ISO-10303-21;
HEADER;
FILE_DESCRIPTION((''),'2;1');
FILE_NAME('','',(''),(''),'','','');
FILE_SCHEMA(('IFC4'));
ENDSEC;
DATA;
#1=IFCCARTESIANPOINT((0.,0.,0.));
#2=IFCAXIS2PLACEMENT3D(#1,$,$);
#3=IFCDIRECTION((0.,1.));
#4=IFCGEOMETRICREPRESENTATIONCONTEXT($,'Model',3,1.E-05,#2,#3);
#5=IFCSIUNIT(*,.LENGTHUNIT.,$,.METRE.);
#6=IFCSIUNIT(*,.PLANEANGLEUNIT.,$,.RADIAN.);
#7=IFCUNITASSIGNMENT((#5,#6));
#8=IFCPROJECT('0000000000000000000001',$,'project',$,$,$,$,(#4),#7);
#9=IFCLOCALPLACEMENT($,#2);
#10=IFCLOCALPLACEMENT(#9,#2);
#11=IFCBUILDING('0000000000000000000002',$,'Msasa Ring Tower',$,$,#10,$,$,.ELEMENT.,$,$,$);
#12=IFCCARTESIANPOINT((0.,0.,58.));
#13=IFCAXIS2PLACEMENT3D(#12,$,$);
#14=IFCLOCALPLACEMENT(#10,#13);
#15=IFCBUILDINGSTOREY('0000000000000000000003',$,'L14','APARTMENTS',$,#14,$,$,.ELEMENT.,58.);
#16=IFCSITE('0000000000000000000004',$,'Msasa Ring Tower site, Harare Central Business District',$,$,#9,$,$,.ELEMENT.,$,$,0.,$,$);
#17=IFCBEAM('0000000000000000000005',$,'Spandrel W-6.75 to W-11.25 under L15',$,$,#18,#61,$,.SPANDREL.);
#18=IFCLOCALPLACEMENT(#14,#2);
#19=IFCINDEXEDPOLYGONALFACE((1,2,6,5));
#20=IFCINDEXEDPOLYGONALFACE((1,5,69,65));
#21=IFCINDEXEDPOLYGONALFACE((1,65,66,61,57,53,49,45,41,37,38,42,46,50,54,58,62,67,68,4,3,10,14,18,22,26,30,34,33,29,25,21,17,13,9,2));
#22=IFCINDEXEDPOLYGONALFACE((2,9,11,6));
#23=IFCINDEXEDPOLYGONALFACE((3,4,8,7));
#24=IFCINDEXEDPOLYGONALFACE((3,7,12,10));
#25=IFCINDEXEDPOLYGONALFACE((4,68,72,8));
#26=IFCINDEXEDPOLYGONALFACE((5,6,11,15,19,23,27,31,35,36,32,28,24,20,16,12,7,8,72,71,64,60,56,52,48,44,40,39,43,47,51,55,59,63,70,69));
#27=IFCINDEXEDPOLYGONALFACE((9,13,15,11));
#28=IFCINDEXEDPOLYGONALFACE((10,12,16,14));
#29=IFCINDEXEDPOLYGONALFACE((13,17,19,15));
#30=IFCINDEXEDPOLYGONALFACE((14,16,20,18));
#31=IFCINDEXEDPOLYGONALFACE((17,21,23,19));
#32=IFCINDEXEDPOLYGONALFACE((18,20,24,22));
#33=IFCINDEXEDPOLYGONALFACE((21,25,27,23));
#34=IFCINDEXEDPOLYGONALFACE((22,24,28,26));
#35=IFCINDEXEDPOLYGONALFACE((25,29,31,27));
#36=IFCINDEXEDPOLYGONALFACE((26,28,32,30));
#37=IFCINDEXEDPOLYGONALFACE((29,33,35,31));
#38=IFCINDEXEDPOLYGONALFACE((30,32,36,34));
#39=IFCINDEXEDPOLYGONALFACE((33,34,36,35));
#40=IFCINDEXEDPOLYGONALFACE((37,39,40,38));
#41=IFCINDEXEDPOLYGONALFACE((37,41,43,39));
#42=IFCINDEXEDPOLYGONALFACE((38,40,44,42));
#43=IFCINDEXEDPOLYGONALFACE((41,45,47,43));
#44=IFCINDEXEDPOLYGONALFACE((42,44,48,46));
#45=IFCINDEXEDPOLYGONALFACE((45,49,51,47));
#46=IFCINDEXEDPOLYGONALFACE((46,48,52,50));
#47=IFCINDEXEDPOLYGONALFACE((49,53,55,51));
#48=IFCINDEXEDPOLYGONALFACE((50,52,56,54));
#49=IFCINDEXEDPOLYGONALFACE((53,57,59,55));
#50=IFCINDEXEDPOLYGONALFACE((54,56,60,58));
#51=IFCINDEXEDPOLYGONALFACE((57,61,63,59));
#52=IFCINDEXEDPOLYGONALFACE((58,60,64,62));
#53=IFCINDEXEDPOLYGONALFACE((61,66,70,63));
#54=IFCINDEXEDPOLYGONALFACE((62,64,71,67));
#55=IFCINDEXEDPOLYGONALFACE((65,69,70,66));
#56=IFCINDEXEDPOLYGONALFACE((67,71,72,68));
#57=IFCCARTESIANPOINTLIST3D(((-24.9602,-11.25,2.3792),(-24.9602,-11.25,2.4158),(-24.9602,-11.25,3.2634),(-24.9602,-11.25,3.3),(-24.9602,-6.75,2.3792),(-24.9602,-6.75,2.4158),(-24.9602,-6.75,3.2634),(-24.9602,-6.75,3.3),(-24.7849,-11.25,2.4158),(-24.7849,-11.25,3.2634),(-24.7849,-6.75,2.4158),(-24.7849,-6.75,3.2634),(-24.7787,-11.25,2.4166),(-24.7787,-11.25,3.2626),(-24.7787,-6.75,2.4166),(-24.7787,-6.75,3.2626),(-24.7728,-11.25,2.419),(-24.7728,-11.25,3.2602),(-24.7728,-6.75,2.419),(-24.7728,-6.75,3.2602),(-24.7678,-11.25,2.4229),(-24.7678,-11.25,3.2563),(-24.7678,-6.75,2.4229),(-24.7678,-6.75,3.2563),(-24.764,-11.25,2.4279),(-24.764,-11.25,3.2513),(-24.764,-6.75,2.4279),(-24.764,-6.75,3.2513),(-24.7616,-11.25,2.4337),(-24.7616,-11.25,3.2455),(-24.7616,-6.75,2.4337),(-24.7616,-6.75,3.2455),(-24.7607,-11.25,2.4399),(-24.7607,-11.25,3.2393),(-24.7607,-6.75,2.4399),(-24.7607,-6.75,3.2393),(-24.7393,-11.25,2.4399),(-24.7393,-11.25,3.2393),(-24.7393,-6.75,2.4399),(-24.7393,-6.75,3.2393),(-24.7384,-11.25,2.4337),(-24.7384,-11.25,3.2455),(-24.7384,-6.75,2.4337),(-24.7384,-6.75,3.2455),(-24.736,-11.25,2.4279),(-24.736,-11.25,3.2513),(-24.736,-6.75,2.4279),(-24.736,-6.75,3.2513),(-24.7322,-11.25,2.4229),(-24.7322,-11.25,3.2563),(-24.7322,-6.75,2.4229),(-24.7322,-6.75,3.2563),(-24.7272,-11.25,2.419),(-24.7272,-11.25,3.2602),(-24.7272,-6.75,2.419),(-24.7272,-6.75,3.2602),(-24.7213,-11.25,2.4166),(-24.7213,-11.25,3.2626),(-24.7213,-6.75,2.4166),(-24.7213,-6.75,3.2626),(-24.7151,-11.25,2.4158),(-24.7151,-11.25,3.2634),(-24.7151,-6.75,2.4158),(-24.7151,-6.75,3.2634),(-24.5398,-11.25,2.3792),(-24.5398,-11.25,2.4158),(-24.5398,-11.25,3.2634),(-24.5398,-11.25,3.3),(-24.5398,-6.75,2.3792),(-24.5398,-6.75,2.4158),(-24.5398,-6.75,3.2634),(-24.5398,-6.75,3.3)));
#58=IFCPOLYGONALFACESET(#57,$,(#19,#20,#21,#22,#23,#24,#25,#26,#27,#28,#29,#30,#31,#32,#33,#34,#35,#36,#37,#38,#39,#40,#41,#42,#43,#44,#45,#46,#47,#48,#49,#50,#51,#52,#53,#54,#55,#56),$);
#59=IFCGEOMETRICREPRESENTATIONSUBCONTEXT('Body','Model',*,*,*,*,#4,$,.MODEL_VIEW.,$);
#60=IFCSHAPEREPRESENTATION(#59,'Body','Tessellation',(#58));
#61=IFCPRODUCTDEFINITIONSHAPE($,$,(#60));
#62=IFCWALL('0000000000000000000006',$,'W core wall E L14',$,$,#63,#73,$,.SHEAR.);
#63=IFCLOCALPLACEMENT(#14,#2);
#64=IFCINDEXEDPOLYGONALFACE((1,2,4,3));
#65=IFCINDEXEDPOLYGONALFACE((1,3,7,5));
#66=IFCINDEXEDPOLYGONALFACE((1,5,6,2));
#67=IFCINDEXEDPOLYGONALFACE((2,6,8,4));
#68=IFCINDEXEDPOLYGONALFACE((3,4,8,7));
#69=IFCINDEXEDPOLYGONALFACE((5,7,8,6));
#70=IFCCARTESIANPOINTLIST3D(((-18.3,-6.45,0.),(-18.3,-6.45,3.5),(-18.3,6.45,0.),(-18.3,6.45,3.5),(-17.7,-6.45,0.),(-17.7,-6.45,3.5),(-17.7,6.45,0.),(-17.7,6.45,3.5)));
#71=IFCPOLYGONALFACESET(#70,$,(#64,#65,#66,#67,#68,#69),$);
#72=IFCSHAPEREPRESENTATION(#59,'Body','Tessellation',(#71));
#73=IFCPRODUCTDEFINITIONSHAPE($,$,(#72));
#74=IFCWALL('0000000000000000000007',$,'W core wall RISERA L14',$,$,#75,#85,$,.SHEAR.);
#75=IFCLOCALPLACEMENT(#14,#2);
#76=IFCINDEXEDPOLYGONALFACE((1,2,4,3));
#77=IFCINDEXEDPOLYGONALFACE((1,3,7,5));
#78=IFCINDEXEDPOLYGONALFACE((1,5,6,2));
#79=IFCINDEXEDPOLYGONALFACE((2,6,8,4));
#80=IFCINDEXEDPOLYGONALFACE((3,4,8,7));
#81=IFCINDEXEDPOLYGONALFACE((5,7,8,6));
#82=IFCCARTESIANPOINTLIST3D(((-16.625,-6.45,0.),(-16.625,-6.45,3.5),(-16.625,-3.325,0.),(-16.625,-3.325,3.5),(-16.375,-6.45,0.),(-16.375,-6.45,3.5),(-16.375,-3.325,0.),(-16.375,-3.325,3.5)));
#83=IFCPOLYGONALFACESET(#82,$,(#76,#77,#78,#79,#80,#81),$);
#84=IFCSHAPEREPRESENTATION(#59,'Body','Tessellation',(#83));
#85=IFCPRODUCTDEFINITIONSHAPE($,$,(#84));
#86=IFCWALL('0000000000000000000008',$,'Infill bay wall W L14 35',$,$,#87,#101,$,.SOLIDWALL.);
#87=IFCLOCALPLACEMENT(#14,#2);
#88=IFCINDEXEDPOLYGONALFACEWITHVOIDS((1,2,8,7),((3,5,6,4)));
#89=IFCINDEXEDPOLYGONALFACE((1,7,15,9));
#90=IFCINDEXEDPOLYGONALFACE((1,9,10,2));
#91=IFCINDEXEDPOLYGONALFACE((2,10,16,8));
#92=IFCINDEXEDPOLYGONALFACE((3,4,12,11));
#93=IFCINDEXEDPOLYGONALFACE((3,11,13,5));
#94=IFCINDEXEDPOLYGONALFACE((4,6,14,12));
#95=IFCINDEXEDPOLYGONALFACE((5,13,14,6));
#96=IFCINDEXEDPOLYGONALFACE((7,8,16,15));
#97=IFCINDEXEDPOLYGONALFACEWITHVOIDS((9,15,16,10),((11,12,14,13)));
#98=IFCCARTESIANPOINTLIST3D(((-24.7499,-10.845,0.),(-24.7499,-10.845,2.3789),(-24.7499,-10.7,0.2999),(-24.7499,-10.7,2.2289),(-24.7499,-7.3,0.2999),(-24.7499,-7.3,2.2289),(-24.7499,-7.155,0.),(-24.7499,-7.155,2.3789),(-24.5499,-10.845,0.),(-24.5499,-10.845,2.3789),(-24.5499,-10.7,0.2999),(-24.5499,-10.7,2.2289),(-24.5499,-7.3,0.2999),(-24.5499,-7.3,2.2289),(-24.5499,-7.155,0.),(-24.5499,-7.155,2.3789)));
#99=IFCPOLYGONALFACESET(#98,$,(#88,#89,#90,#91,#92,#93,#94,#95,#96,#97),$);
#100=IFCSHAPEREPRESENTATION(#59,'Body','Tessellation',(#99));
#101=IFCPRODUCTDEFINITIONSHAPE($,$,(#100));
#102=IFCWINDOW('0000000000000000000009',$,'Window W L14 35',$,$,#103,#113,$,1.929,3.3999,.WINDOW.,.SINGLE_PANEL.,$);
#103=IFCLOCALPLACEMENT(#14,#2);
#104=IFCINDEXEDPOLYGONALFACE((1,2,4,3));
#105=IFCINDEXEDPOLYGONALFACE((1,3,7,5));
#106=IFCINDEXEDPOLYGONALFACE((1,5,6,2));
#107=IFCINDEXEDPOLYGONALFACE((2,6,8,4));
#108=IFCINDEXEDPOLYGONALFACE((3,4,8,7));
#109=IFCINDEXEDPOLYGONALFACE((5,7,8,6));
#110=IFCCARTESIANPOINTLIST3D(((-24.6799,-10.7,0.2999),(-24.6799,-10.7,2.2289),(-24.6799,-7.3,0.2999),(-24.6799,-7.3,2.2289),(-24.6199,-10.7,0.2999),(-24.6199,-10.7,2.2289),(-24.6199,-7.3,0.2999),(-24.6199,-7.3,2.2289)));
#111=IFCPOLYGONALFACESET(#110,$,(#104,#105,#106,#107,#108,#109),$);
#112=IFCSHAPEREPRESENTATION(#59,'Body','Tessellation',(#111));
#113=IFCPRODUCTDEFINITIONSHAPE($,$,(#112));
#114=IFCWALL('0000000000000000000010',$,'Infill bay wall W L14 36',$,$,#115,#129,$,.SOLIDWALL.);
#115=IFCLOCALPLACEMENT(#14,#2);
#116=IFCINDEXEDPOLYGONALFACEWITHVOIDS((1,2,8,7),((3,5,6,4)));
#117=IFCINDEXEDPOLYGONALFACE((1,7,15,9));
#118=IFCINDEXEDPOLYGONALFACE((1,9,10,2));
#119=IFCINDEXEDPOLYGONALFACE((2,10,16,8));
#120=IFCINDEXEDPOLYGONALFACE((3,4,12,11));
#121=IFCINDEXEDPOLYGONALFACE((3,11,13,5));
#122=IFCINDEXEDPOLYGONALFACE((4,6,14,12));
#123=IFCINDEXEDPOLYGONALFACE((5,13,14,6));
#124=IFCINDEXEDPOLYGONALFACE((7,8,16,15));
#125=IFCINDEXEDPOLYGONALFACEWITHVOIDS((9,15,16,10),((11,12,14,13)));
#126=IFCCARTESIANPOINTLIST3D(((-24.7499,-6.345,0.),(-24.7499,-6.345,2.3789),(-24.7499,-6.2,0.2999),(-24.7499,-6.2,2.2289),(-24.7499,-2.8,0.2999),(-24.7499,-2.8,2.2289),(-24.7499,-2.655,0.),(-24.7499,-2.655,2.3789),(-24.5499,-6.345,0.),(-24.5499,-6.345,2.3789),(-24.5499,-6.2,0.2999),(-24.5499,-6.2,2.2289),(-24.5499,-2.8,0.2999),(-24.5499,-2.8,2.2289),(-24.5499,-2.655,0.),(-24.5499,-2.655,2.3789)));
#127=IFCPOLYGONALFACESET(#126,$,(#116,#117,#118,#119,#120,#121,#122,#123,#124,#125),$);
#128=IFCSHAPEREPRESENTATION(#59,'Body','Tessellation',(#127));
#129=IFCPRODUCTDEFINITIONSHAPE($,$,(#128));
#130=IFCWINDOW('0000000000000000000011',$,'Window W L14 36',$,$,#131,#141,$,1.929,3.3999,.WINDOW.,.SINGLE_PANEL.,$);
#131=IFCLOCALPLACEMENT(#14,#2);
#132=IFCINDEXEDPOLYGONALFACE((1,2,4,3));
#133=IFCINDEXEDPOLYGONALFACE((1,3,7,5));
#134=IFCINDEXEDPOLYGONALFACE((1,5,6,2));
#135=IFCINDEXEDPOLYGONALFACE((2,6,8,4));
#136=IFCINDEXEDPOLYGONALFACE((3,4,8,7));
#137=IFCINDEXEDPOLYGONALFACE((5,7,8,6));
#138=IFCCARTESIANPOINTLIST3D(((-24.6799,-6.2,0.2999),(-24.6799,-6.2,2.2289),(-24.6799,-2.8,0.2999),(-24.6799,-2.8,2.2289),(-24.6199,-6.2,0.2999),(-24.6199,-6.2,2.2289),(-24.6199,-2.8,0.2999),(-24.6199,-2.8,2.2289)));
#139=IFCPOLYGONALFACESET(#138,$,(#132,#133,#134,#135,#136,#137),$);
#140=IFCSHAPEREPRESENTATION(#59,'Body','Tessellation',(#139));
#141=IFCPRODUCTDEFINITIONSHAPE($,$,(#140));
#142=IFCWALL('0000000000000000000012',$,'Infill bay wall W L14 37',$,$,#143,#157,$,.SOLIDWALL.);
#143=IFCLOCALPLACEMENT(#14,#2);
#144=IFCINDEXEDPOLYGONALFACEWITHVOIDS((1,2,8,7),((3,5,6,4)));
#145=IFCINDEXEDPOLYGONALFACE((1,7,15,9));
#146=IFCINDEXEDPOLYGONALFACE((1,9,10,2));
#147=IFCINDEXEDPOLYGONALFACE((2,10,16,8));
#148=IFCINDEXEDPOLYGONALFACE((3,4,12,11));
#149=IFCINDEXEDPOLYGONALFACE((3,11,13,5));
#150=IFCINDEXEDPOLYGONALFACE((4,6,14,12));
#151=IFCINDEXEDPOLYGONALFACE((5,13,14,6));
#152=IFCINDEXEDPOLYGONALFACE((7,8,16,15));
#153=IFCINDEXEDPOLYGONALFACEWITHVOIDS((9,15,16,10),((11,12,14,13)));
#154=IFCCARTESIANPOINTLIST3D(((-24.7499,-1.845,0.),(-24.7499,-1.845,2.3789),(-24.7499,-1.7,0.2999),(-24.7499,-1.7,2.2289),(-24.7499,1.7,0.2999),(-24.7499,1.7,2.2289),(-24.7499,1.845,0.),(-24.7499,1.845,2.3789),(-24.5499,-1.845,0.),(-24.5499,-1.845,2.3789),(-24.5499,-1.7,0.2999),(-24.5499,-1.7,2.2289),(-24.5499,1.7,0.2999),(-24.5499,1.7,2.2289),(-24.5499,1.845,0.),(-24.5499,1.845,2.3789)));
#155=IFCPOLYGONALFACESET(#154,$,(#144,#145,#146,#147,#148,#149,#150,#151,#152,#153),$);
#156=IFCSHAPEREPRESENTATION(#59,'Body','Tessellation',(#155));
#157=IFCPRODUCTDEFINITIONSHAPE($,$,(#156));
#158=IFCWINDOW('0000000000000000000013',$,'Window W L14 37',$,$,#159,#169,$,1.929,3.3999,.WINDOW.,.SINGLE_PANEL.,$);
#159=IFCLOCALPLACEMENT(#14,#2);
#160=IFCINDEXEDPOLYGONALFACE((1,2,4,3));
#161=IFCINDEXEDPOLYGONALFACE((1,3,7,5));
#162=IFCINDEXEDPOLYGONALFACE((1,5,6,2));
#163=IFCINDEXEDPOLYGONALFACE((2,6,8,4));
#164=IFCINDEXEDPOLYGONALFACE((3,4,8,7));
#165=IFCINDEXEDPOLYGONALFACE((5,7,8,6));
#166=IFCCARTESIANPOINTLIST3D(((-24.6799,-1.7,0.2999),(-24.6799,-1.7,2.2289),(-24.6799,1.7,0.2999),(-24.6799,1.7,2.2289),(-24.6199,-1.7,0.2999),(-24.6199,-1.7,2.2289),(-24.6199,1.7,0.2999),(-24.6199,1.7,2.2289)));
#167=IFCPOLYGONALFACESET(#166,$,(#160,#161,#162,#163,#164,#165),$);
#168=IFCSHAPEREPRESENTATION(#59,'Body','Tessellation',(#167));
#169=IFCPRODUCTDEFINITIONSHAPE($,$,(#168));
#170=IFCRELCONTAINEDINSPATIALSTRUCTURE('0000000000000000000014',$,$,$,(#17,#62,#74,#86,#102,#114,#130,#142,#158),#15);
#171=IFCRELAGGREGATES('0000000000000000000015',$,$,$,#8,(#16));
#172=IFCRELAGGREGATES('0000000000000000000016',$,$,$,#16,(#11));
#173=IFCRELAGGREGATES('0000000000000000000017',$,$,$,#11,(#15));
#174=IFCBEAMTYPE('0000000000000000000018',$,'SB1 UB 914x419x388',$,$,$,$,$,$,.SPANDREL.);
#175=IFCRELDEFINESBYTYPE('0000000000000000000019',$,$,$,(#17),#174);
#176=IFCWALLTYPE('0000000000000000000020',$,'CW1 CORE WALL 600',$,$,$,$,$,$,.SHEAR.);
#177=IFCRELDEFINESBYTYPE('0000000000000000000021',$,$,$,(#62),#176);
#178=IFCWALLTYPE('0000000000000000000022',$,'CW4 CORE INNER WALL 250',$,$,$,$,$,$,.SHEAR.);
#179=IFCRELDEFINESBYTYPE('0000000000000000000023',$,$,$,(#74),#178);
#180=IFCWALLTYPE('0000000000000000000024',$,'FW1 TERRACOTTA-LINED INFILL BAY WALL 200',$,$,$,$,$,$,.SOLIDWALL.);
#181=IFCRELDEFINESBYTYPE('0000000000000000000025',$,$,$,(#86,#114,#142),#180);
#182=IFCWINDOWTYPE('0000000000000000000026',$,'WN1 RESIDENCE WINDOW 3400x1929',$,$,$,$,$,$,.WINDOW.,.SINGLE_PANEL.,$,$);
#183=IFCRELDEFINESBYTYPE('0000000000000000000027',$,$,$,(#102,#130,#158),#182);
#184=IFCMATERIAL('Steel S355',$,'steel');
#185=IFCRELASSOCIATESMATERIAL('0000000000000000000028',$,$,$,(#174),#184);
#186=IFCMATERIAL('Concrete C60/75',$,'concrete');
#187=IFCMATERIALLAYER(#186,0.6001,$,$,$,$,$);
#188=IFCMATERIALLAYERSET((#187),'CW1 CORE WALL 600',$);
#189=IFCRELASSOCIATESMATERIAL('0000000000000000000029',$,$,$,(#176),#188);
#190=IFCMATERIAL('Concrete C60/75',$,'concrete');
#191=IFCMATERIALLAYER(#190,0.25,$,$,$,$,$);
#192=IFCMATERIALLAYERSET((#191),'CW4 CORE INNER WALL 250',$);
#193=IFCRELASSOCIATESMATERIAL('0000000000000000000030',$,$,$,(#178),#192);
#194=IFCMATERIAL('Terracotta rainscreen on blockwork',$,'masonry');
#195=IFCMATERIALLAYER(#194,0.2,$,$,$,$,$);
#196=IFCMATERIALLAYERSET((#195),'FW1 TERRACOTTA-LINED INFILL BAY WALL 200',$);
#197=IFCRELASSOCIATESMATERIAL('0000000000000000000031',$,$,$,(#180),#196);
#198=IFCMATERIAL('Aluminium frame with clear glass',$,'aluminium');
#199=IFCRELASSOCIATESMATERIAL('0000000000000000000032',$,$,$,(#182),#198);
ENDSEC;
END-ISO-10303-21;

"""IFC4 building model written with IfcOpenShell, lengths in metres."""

from ifc_helpers import new_model, si_unit, direction, frame, frame_2d, origin, origin_2d, place, context, subcontext, project, spatial, rectangle, i_section, extrude, material, layer, layer_set, material_profile, profile_set, type_object, element, fill, save


model = new_model("IFC4")

# Units and contexts
model_context = context("Model", 3, precision=1e-05, world=origin(), true_north=direction((0.0, 1.0)))
body_context = subcontext(model_context, "Body", "Model", "MODEL_VIEW")
ifc_project = project(units=[si_unit("LENGTHUNIT", "METRE"), si_unit("PLANEANGLEUNIT", "RADIAN")], contexts=[model_context])

# Site, building, storey
site_placement = place(None, origin())
site = spatial("IfcSite", under=ifc_project, at=site_placement, Name="Msasa Ring Tower site, Harare Central Business District", CompositionType="ELEMENT", RefElevation=0.0)
building_placement = place(site_placement, origin())
building = spatial("IfcBuilding", under=site, at=building_placement, Name="Msasa Ring Tower", CompositionType="ELEMENT")
storey_placement = place(building_placement, frame((0.0, 0.0, 58.0)))
storey = spatial("IfcBuildingStorey", under=building, at=storey_placement, Name="L14", Description="APARTMENTS", CompositionType="ELEMENT", Elevation=58.0)

# Beam
ifc_material_1 = material(Name="Steel S355", Category="steel")
ifc_material_profile_1 = material_profile(ifc_material_1, i_section(OverallWidth=0.4204, OverallDepth=0.9209, WebThickness=0.0215, FlangeThickness=0.0366, FilletRadius=0.0242, at=origin_2d()), Name="UB 914x419x388")
ifc_profile_set_1 = profile_set([ifc_material_profile_1], Name="Steel S355")
beam_type_1 = type_object("IfcBeamType", Name="SB1 UB 914x419x388", PredefinedType="SPANDREL", material=ifc_profile_set_1)
for number, where, z_axis, x_axis, name in (
    (1, (-24.75, -6.75, 2.8396), (0.0, -1.0, 0.0), (1.0, 0.0, 0.0), "Spandrel W-6.75 to W-11.25 under L15"),
):
    element("IfcBeam", number, at=place(storey_placement, frame(where, z_axis=z_axis, x_axis=x_axis)), inside=storey, type_object=beam_type_1, Name=name, PredefinedType="SPANDREL", context=body_context, shape_type="SweptSolid", body=[
        extrude(i_section(OverallWidth=0.4204, OverallDepth=0.9209, WebThickness=0.0215, FlangeThickness=0.0366, FilletRadius=0.0242, at=origin_2d()), origin(), (0.0, 0.0, 1.0), 4.5),
    ])

# Walls
ifc_material_2 = material(Name="Concrete C60/75", Category="concrete")
ifc_layer_1 = layer(ifc_material_2, 0.6001)
ifc_layer_set_1 = layer_set([ifc_layer_1], Name="CW1 CORE WALL 600")
wall_type_1 = type_object("IfcWallType", Name="CW1 CORE WALL 600", PredefinedType="SHEAR", material=ifc_layer_set_1)
wall_1_placement = place(storey_placement, frame((-18.0, -6.45, 0.0), z_axis=(0.0, 0.0, 1.0), x_axis=(0.0, 1.0, 0.0)))
element("IfcWall", 2, at=wall_1_placement, inside=storey, type_object=wall_type_1, Name="W core wall E L14", PredefinedType="SHEAR", context=body_context, shape_type="SweptSolid", body=[
    extrude(rectangle(XDim=12.8999, YDim=0.6001, at=frame_2d((6.45, 0.0))), origin(), (0.0, 0.0, 1.0), 3.5),
])
ifc_material_3 = material(Name="Concrete C60/75", Category="concrete")
ifc_layer_2 = layer(ifc_material_3, 0.25)
ifc_layer_set_2 = layer_set([ifc_layer_2], Name="CW4 CORE INNER WALL 250")
wall_type_2 = type_object("IfcWallType", Name="CW4 CORE INNER WALL 250", PredefinedType="SHEAR", material=ifc_layer_set_2)
wall_2_placement = place(storey_placement, frame((-16.5, -6.45, 0.0), z_axis=(0.0, 0.0, 1.0), x_axis=(0.0, 1.0, 0.0)))
element("IfcWall", 3, at=wall_2_placement, inside=storey, type_object=wall_type_2, Name="W core wall RISERA L14", PredefinedType="SHEAR", context=body_context, shape_type="SweptSolid", body=[
    extrude(rectangle(XDim=3.125, YDim=0.25, at=frame_2d((1.5625, 0.0))), origin(), (0.0, 0.0, 1.0), 3.5),
])

# Walls, openings, windows
ifc_material_4 = material(Name="Terracotta rainscreen on blockwork", Category="masonry")
ifc_layer_3 = layer(ifc_material_4, 0.2)
ifc_layer_set_3 = layer_set([ifc_layer_3], Name="FW1 TERRACOTTA-LINED INFILL BAY WALL 200")
wall_type_3 = type_object("IfcWallType", Name="FW1 TERRACOTTA-LINED INFILL BAY WALL 200", PredefinedType="SOLIDWALL", material=ifc_layer_set_3)
wall_3_placement = place(storey_placement, frame((-24.6499, -10.845, 0.0), z_axis=(0.0, 0.0, 1.0), x_axis=(0.0, 1.0, 0.0)))
wall_3 = element("IfcWall", 4, at=wall_3_placement, inside=storey, type_object=wall_type_3, Name="Infill bay wall W L14 35", PredefinedType="SOLIDWALL", context=body_context, shape_type="SweptSolid", body=[
    extrude(rectangle(XDim=3.6899, YDim=0.2, at=frame_2d((1.845, 0.0))), origin(), (0.0, 0.0, 1.0), 2.3789),
])
opening_1_placement = place(wall_3_placement, frame((0.145, 0.0, 0.3)))
opening_1 = element("IfcOpeningElement", 5, at=opening_1_placement, cuts=wall_3, PredefinedType="OPENING", context=body_context, shape_type="SweptSolid", body=[
    extrude(rectangle(XDim=3.3999, YDim=1.929, at=frame_2d((1.7, 0.9644))), frame((0.0, 0.1099, 0.0), z_axis=(0.0, -1.0, 0.0), x_axis=(1.0, 0.0, 0.0)), (0.0, 0.0, 1.0), 0.22),
])
ifc_material_5 = material(Name="Aluminium frame with clear glass", Category="aluminium")
window_type = type_object("IfcWindowType", Name="WN1 RESIDENCE WINDOW 3400x1929", PartitioningType="SINGLE_PANEL", PredefinedType="WINDOW", material=ifc_material_5)
window_1_placement = place(opening_1_placement, origin())
window_1 = element("IfcWindow", 6, at=window_1_placement, inside=storey, type_object=window_type, Name="Window W L14 35", OverallHeight=1.929, OverallWidth=3.3999, PartitioningType="SINGLE_PANEL", PredefinedType="WINDOW", context=body_context, shape_type="SweptSolid", body=[
    extrude(rectangle(XDim=3.3999, YDim=1.929, at=frame_2d((1.7, 0.9644))), frame((0.0, 0.03, 0.0), z_axis=(0.0, -1.0, 0.0), x_axis=(1.0, 0.0, 0.0)), (0.0, 0.0, 1.0), 0.0601),
])
fill(opening_1, window_1)
wall_4_placement = place(storey_placement, frame((-24.6499, -6.345, 0.0), z_axis=(0.0, 0.0, 1.0), x_axis=(0.0, 1.0, 0.0)))
wall_4 = element("IfcWall", 7, at=wall_4_placement, inside=storey, type_object=wall_type_3, Name="Infill bay wall W L14 36", PredefinedType="SOLIDWALL", context=body_context, shape_type="SweptSolid", body=[
    extrude(rectangle(XDim=3.6899, YDim=0.2, at=frame_2d((1.845, 0.0))), origin(), (0.0, 0.0, 1.0), 2.3789),
])
opening_2_placement = place(wall_4_placement, frame((0.145, 0.0, 0.3)))
opening_2 = element("IfcOpeningElement", 8, at=opening_2_placement, cuts=wall_4, PredefinedType="OPENING", context=body_context, shape_type="SweptSolid", body=[
    extrude(rectangle(XDim=3.3999, YDim=1.929, at=frame_2d((1.7, 0.9644))), frame((0.0, 0.1099, 0.0), z_axis=(0.0, -1.0, 0.0), x_axis=(1.0, 0.0, 0.0)), (0.0, 0.0, 1.0), 0.22),
])
window_2_placement = place(opening_2_placement, origin())
window_2 = element("IfcWindow", 9, at=window_2_placement, inside=storey, type_object=window_type, Name="Window W L14 36", OverallHeight=1.929, OverallWidth=3.3999, PartitioningType="SINGLE_PANEL", PredefinedType="WINDOW", context=body_context, shape_type="SweptSolid", body=[
    extrude(rectangle(XDim=3.3999, YDim=1.929, at=frame_2d((1.7, 0.9644))), frame((0.0, 0.03, 0.0), z_axis=(0.0, -1.0, 0.0), x_axis=(1.0, 0.0, 0.0)), (0.0, 0.0, 1.0), 0.0601),
])
fill(opening_2, window_2)
wall_5_placement = place(storey_placement, frame((-24.6499, -1.845, 0.0), z_axis=(0.0, 0.0, 1.0), x_axis=(0.0, 1.0, 0.0)))
wall_5 = element("IfcWall", 10, at=wall_5_placement, inside=storey, type_object=wall_type_3, Name="Infill bay wall W L14 37", PredefinedType="SOLIDWALL", context=body_context, shape_type="SweptSolid", body=[
    extrude(rectangle(XDim=3.6899, YDim=0.2, at=frame_2d((1.845, 0.0))), origin(), (0.0, 0.0, 1.0), 2.3789),
])
opening_3_placement = place(wall_5_placement, frame((0.145, 0.0, 0.3)))
opening_3 = element("IfcOpeningElement", 11, at=opening_3_placement, cuts=wall_5, PredefinedType="OPENING", context=body_context, shape_type="SweptSolid", body=[
    extrude(rectangle(XDim=3.3999, YDim=1.929, at=frame_2d((1.7, 0.9644))), frame((0.0, 0.1099, 0.0), z_axis=(0.0, -1.0, 0.0), x_axis=(1.0, 0.0, 0.0)), (0.0, 0.0, 1.0), 0.22),
])
window_3_placement = place(opening_3_placement, origin())
window_3 = element("IfcWindow", 12, at=window_3_placement, inside=storey, type_object=window_type, Name="Window W L14 37", OverallHeight=1.929, OverallWidth=3.3999, PartitioningType="SINGLE_PANEL", PredefinedType="WINDOW", context=body_context, shape_type="SweptSolid", body=[
    extrude(rectangle(XDim=3.3999, YDim=1.929, at=frame_2d((1.7, 0.9644))), frame((0.0, 0.03, 0.0), z_axis=(0.0, -1.0, 0.0), x_axis=(1.0, 0.0, 0.0)), (0.0, 0.0, 1.0), 0.0601),
])
fill(opening_3, window_3)

save(model, "model.ifc")
